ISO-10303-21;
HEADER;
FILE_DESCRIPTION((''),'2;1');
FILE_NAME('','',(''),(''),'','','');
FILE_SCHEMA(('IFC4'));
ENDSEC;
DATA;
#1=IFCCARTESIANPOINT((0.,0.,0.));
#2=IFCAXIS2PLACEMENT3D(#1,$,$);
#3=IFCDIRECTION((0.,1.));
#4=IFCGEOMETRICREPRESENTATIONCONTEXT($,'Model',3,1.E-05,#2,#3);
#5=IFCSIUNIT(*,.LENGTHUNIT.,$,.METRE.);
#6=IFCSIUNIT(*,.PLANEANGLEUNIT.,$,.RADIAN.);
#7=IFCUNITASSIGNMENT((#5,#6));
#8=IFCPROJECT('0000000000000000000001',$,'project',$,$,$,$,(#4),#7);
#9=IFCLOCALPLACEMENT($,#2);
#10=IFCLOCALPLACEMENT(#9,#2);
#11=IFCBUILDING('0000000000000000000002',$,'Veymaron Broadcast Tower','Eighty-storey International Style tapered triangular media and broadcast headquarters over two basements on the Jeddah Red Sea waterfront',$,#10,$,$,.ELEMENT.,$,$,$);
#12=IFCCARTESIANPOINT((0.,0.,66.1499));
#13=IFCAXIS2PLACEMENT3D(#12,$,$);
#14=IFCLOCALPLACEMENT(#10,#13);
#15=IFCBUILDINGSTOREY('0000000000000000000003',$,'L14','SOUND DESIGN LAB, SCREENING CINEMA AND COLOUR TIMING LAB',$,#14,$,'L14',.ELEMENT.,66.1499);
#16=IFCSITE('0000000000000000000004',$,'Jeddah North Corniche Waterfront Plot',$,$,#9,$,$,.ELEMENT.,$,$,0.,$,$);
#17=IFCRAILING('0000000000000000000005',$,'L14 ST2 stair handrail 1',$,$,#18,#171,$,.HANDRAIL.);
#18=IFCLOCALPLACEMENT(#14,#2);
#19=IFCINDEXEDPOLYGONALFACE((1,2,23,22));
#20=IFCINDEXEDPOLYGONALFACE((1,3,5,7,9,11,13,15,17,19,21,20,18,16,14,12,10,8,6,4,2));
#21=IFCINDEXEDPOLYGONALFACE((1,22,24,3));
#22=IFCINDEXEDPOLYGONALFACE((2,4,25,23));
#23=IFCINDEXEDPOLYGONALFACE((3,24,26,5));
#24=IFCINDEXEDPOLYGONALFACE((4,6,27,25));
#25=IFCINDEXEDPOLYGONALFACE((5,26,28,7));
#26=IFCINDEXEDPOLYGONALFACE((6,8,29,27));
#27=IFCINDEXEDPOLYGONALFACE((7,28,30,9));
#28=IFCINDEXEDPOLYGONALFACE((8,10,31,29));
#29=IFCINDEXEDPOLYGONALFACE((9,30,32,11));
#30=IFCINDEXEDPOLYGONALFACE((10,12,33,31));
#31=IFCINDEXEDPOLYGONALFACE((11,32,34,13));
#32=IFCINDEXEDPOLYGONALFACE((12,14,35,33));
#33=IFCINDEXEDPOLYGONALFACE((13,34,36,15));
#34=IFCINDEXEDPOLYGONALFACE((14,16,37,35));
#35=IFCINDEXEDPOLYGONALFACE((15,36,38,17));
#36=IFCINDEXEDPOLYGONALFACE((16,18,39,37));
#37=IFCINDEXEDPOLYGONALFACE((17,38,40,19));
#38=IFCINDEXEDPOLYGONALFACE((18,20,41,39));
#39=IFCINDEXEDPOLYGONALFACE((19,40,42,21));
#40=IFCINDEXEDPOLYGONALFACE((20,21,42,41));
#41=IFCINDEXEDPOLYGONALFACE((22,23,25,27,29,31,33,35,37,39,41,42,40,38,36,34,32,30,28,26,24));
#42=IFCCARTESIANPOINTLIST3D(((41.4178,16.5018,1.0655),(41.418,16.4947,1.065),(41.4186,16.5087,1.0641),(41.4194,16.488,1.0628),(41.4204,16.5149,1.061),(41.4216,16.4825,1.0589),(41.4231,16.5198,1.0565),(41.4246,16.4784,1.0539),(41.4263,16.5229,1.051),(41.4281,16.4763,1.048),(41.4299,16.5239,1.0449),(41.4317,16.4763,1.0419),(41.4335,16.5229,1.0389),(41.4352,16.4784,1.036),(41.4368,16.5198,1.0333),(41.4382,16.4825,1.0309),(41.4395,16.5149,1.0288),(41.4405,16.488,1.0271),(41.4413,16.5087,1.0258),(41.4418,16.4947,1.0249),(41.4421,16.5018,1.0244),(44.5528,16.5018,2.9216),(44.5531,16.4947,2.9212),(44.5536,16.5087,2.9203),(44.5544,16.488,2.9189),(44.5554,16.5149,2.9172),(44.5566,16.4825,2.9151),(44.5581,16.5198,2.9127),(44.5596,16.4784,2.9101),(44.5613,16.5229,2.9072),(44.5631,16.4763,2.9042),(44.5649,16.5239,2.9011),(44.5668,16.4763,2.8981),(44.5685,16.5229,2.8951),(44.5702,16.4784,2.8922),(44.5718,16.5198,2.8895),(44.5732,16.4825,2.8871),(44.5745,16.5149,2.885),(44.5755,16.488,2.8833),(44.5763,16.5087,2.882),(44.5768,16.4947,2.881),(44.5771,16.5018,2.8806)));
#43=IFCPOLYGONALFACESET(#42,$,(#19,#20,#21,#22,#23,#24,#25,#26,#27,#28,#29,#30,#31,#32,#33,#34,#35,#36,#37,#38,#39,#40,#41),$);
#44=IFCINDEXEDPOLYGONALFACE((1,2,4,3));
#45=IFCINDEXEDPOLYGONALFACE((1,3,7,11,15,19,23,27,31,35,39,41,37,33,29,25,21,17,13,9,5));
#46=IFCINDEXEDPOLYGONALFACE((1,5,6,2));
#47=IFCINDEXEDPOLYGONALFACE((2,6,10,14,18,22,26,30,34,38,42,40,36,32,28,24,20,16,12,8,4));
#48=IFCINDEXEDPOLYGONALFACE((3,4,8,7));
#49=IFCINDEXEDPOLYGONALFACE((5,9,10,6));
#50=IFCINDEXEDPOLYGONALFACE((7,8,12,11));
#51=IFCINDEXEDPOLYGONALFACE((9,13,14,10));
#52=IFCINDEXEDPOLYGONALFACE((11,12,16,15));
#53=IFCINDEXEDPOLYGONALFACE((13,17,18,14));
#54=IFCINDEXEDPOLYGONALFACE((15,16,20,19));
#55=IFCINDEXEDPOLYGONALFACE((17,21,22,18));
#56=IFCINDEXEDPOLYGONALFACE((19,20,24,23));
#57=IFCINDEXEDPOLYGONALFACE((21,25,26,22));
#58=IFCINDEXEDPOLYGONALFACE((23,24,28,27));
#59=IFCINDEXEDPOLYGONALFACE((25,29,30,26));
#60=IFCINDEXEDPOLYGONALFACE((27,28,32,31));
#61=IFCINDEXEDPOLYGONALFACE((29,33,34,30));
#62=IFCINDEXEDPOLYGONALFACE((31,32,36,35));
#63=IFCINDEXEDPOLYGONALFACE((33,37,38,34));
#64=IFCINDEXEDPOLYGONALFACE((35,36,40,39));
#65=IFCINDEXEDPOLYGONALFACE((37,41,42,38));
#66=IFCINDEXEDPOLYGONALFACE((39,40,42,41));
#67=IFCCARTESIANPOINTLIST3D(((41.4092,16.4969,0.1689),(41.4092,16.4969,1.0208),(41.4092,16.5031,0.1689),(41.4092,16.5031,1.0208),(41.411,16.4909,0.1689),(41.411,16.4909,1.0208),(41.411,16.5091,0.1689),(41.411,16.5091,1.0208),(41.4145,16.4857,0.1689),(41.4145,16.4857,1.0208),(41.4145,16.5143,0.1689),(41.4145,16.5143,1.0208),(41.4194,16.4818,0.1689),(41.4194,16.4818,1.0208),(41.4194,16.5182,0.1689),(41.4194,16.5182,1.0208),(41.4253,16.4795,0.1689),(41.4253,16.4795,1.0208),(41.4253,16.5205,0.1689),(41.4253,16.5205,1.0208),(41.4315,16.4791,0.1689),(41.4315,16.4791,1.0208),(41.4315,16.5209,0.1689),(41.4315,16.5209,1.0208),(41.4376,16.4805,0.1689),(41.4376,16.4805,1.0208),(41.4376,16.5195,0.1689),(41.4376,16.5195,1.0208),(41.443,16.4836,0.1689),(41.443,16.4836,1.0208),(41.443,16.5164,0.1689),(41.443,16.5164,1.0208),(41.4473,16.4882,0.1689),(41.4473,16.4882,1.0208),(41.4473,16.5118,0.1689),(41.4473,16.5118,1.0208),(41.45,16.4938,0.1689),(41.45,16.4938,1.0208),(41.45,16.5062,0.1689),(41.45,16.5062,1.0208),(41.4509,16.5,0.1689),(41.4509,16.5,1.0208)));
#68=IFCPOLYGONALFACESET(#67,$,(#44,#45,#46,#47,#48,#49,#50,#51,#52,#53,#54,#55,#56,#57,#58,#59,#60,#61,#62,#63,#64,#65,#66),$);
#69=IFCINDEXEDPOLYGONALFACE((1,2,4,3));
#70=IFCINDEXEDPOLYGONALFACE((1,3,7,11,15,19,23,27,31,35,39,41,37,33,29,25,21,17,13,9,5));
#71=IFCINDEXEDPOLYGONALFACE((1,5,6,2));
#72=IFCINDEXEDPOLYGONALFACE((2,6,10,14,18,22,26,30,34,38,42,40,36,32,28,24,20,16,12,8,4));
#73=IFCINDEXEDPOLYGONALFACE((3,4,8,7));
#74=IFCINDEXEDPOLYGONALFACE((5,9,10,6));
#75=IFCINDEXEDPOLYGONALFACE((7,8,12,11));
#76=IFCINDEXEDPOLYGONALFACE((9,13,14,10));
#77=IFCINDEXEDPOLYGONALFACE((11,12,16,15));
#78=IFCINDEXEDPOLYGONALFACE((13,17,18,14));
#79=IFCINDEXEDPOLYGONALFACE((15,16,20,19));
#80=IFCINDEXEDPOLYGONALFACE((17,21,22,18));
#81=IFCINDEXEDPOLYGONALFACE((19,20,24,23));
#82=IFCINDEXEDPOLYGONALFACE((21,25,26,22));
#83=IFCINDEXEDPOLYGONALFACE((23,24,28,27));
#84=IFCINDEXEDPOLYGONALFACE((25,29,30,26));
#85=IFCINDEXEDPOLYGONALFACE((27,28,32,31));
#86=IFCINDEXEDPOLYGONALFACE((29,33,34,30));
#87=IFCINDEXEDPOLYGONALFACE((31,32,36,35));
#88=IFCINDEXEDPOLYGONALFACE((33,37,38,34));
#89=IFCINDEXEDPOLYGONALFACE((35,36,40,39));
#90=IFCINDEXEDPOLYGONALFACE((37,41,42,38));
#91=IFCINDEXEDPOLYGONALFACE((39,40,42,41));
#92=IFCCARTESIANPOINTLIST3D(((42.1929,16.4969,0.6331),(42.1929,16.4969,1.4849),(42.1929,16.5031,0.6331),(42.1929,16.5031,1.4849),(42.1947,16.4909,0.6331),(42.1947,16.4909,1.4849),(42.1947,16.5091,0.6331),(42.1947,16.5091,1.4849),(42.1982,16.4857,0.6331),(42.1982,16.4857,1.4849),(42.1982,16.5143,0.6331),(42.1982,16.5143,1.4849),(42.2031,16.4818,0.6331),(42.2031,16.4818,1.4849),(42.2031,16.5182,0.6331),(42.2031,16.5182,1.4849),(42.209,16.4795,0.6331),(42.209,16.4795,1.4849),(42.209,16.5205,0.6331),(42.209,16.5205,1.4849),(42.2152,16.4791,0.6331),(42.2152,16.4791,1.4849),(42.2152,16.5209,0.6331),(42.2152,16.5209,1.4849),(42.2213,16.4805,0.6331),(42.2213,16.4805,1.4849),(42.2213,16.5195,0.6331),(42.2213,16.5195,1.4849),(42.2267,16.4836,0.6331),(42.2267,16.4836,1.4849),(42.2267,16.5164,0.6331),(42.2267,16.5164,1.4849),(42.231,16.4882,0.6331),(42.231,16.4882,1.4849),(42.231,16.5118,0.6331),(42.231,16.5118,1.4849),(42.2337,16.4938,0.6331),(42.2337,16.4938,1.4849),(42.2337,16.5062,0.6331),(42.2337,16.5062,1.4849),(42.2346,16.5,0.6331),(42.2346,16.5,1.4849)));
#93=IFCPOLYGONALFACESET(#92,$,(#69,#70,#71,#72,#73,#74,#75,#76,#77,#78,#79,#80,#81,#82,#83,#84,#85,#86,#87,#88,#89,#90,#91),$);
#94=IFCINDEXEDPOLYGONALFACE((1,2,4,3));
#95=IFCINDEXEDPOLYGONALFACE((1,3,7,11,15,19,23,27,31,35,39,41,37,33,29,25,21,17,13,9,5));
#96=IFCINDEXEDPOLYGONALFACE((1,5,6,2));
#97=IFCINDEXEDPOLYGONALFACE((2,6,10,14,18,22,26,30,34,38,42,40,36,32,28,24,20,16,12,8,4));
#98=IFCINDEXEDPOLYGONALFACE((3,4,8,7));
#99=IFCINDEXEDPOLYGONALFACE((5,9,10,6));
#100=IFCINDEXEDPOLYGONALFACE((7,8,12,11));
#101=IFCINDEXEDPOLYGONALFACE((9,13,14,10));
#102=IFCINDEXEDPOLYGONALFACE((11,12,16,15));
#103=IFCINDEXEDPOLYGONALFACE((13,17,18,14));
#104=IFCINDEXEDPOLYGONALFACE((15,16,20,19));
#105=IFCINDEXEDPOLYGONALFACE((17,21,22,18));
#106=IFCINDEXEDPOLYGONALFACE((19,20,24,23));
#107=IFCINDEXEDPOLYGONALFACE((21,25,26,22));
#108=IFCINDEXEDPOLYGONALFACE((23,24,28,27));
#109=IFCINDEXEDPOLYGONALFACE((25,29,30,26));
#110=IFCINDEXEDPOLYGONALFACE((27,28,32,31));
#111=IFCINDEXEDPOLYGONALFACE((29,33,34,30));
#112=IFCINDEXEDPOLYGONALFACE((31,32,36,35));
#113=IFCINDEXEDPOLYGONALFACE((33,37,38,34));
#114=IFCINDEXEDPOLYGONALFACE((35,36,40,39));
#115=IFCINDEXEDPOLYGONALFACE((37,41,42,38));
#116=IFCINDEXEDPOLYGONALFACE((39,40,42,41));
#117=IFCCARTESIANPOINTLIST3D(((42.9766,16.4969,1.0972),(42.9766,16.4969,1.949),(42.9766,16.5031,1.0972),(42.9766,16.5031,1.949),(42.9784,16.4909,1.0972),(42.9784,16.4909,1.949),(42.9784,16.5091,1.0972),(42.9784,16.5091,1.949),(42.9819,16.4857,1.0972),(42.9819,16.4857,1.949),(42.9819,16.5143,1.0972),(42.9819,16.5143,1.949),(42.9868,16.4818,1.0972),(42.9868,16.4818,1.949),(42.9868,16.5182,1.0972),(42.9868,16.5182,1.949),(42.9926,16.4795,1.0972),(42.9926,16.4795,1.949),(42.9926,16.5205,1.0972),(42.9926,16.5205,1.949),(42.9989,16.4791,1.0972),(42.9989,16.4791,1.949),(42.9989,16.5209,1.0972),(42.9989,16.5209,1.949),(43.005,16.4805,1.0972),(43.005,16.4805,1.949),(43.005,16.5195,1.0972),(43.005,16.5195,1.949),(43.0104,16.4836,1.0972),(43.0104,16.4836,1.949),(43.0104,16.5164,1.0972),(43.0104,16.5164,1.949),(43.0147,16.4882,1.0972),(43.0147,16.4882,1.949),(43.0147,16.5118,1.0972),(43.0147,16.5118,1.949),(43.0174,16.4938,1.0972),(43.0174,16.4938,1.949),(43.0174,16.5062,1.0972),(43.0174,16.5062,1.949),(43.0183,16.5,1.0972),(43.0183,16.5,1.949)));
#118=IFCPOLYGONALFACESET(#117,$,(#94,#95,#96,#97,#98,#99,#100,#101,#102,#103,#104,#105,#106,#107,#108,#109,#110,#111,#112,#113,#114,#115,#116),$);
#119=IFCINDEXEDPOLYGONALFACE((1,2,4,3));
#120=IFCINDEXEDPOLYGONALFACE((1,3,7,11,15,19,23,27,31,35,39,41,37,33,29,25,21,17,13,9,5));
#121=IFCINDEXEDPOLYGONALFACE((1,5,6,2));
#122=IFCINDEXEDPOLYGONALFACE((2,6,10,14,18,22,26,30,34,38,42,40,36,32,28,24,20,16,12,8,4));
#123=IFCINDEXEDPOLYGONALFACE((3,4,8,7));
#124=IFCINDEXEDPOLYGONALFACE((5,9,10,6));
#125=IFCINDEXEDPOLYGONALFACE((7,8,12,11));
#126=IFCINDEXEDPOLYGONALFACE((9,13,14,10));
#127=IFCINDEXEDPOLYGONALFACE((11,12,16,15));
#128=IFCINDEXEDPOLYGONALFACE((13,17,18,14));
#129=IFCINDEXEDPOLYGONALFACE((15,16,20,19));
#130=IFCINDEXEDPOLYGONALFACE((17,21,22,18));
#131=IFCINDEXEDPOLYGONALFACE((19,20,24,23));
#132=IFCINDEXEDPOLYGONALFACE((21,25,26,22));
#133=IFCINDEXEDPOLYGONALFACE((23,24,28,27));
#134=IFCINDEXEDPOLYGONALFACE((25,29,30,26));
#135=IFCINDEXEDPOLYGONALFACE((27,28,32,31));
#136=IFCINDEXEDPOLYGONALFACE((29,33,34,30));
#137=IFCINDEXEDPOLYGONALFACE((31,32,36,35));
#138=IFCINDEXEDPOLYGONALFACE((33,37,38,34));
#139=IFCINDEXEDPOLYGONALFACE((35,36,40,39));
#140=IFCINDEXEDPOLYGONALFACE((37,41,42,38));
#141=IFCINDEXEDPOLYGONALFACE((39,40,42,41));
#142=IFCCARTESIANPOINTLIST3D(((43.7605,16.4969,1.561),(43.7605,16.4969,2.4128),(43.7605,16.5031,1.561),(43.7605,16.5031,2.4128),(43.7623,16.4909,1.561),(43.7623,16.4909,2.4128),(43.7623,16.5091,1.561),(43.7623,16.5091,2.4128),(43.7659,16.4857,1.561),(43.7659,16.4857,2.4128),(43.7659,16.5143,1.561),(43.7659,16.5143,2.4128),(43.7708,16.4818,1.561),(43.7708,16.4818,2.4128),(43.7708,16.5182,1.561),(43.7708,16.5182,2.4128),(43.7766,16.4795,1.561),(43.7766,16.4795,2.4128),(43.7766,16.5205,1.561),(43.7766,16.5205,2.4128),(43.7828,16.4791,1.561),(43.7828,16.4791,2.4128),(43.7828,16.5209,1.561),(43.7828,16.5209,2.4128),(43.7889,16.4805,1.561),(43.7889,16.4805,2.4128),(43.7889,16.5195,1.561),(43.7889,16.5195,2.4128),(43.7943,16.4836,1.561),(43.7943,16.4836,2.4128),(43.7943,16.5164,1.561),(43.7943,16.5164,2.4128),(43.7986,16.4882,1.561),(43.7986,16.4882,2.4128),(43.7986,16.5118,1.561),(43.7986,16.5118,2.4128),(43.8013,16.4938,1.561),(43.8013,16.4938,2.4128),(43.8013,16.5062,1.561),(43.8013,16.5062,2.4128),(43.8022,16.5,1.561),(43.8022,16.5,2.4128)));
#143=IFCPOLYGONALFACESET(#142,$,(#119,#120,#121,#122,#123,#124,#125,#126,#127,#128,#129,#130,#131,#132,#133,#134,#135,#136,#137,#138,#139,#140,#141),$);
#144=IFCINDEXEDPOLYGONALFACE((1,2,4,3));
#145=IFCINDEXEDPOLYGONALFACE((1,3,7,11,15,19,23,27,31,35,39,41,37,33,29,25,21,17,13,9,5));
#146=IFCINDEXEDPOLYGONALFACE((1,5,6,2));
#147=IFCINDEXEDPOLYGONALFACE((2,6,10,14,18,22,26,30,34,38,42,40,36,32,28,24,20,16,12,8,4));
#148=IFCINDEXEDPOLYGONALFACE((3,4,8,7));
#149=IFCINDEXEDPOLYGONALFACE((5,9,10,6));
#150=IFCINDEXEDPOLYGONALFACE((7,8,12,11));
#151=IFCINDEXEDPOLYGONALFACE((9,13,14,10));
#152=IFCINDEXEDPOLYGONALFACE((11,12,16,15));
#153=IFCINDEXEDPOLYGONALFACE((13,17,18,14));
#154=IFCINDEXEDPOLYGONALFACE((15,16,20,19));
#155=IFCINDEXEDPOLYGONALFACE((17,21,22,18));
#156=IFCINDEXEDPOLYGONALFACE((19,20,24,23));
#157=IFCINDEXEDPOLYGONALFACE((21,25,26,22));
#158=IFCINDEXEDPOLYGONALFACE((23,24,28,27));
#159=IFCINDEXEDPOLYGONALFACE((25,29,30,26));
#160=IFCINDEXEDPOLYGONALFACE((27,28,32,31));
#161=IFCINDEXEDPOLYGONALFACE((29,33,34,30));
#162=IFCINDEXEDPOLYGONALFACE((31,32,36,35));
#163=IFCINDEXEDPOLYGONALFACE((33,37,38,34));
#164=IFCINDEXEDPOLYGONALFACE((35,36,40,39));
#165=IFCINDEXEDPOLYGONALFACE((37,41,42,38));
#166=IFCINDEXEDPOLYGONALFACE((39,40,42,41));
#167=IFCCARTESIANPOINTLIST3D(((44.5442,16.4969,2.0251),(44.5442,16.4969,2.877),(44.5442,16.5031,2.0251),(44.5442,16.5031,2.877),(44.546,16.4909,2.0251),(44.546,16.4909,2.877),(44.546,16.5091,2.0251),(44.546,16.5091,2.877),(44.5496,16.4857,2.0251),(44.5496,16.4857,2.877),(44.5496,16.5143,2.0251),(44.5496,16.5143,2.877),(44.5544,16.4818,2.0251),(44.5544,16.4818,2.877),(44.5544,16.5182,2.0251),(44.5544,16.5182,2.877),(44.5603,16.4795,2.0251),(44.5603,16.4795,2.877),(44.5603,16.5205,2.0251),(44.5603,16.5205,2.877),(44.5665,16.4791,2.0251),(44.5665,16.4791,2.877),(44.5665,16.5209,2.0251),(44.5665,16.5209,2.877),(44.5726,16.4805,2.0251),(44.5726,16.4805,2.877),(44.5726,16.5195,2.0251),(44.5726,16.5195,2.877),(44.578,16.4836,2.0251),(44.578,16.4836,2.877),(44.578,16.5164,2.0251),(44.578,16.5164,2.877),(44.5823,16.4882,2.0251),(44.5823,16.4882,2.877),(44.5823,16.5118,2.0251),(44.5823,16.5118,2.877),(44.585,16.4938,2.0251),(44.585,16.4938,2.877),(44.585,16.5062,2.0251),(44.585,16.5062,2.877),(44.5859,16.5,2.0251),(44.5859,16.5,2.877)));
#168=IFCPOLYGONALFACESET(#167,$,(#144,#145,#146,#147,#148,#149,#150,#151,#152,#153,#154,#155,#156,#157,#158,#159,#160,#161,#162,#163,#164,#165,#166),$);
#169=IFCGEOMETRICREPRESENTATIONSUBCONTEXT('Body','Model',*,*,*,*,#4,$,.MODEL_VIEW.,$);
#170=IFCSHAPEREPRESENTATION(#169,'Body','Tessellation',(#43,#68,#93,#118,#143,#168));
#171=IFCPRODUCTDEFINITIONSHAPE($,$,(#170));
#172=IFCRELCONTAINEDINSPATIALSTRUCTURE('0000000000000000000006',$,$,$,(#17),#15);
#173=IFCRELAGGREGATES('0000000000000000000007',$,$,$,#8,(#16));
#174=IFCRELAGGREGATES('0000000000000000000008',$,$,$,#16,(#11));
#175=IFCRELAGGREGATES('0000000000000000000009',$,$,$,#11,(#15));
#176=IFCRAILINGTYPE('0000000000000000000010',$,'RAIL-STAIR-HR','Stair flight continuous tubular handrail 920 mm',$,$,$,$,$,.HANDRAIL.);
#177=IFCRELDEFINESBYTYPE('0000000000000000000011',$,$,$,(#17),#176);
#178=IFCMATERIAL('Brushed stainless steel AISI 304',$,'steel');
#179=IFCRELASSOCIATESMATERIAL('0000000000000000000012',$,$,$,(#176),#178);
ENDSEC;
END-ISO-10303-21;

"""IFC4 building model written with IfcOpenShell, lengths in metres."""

from ifc_helpers import new_model, si_unit, direction, frame, origin, origin_2d, place, context, subcontext, project, spatial, circle, extrude, material, type_object, element, save


model = new_model("IFC4")

# Units and contexts
model_context = context("Model", 3, precision=1e-05, world=origin(), true_north=direction((0.0, 1.0)))
body_context = subcontext(model_context, "Body", "Model", "MODEL_VIEW")
ifc_project = project(units=[si_unit("LENGTHUNIT", "METRE"), si_unit("PLANEANGLEUNIT", "RADIAN")], contexts=[model_context])

# Site, building, storey
site_placement = place(None, origin())
site = spatial("IfcSite", under=ifc_project, at=site_placement, Name="Jeddah North Corniche Waterfront Plot", CompositionType="ELEMENT", RefElevation=0.0)
building_placement = place(site_placement, origin())
building = spatial("IfcBuilding", under=site, at=building_placement, Name="Veymaron Broadcast Tower", Description="Eighty-storey International Style tapered triangular media and broadcast headquarters over two basements on the Jeddah Red Sea waterfront", CompositionType="ELEMENT")
storey_placement = place(building_placement, frame((0.0, 0.0, 66.1499)))
storey = spatial("IfcBuildingStorey", under=building, at=storey_placement, Name="L14", Description="SOUND DESIGN LAB, SCREENING CINEMA AND COLOUR TIMING LAB", LongName="L14", CompositionType="ELEMENT", Elevation=66.1499)

# Shared definitions
ifc_material_1 = material(Name="Brushed stainless steel AISI 304", Category="steel")

# Railing
railing_type_1 = type_object("IfcRailingType", Name="RAIL-STAIR-HR", Description="Stair flight continuous tubular handrail 920 mm", PredefinedType="HANDRAIL", material=ifc_material_1)
railing_1_placement = place(storey_placement, frame((41.4299, 16.5, 0.1689)))
element("IfcRailing", 1, at=railing_1_placement, inside=storey, type_object=railing_type_1, Name="L14 ST2 stair handrail 1", PredefinedType="HANDRAIL", context=body_context, shape_type="SweptSolid", body=[
    extrude(circle(Radius=0.0239, at=origin_2d()), frame((0.0, 0.0, 0.876), z_axis=(0.860482, 0.0, 0.509481), x_axis=(0.0, 1.0, 0.0)), (0.0, 0.0, 1.0), 3.6433),
    extrude(circle(Radius=0.021, at=origin_2d()), origin(), (0.0, 0.0, 1.0), 0.8518),
    extrude(circle(Radius=0.021, at=origin_2d()), frame((0.7837, 0.0, 0.4641)), (0.0, 0.0, 1.0), 0.8518),
    extrude(circle(Radius=0.021, at=origin_2d()), frame((1.5674, 0.0, 0.9282)), (0.0, 0.0, 1.0), 0.8518),
    extrude(circle(Radius=0.021, at=origin_2d()), frame((2.3513, 0.0, 1.3921)), (0.0, 0.0, 1.0), 0.8518),
    extrude(circle(Radius=0.021, at=origin_2d()), frame((3.135, 0.0, 1.8562)), (0.0, 0.0, 1.0), 0.8518),
])

save(model, "model.ifc")
